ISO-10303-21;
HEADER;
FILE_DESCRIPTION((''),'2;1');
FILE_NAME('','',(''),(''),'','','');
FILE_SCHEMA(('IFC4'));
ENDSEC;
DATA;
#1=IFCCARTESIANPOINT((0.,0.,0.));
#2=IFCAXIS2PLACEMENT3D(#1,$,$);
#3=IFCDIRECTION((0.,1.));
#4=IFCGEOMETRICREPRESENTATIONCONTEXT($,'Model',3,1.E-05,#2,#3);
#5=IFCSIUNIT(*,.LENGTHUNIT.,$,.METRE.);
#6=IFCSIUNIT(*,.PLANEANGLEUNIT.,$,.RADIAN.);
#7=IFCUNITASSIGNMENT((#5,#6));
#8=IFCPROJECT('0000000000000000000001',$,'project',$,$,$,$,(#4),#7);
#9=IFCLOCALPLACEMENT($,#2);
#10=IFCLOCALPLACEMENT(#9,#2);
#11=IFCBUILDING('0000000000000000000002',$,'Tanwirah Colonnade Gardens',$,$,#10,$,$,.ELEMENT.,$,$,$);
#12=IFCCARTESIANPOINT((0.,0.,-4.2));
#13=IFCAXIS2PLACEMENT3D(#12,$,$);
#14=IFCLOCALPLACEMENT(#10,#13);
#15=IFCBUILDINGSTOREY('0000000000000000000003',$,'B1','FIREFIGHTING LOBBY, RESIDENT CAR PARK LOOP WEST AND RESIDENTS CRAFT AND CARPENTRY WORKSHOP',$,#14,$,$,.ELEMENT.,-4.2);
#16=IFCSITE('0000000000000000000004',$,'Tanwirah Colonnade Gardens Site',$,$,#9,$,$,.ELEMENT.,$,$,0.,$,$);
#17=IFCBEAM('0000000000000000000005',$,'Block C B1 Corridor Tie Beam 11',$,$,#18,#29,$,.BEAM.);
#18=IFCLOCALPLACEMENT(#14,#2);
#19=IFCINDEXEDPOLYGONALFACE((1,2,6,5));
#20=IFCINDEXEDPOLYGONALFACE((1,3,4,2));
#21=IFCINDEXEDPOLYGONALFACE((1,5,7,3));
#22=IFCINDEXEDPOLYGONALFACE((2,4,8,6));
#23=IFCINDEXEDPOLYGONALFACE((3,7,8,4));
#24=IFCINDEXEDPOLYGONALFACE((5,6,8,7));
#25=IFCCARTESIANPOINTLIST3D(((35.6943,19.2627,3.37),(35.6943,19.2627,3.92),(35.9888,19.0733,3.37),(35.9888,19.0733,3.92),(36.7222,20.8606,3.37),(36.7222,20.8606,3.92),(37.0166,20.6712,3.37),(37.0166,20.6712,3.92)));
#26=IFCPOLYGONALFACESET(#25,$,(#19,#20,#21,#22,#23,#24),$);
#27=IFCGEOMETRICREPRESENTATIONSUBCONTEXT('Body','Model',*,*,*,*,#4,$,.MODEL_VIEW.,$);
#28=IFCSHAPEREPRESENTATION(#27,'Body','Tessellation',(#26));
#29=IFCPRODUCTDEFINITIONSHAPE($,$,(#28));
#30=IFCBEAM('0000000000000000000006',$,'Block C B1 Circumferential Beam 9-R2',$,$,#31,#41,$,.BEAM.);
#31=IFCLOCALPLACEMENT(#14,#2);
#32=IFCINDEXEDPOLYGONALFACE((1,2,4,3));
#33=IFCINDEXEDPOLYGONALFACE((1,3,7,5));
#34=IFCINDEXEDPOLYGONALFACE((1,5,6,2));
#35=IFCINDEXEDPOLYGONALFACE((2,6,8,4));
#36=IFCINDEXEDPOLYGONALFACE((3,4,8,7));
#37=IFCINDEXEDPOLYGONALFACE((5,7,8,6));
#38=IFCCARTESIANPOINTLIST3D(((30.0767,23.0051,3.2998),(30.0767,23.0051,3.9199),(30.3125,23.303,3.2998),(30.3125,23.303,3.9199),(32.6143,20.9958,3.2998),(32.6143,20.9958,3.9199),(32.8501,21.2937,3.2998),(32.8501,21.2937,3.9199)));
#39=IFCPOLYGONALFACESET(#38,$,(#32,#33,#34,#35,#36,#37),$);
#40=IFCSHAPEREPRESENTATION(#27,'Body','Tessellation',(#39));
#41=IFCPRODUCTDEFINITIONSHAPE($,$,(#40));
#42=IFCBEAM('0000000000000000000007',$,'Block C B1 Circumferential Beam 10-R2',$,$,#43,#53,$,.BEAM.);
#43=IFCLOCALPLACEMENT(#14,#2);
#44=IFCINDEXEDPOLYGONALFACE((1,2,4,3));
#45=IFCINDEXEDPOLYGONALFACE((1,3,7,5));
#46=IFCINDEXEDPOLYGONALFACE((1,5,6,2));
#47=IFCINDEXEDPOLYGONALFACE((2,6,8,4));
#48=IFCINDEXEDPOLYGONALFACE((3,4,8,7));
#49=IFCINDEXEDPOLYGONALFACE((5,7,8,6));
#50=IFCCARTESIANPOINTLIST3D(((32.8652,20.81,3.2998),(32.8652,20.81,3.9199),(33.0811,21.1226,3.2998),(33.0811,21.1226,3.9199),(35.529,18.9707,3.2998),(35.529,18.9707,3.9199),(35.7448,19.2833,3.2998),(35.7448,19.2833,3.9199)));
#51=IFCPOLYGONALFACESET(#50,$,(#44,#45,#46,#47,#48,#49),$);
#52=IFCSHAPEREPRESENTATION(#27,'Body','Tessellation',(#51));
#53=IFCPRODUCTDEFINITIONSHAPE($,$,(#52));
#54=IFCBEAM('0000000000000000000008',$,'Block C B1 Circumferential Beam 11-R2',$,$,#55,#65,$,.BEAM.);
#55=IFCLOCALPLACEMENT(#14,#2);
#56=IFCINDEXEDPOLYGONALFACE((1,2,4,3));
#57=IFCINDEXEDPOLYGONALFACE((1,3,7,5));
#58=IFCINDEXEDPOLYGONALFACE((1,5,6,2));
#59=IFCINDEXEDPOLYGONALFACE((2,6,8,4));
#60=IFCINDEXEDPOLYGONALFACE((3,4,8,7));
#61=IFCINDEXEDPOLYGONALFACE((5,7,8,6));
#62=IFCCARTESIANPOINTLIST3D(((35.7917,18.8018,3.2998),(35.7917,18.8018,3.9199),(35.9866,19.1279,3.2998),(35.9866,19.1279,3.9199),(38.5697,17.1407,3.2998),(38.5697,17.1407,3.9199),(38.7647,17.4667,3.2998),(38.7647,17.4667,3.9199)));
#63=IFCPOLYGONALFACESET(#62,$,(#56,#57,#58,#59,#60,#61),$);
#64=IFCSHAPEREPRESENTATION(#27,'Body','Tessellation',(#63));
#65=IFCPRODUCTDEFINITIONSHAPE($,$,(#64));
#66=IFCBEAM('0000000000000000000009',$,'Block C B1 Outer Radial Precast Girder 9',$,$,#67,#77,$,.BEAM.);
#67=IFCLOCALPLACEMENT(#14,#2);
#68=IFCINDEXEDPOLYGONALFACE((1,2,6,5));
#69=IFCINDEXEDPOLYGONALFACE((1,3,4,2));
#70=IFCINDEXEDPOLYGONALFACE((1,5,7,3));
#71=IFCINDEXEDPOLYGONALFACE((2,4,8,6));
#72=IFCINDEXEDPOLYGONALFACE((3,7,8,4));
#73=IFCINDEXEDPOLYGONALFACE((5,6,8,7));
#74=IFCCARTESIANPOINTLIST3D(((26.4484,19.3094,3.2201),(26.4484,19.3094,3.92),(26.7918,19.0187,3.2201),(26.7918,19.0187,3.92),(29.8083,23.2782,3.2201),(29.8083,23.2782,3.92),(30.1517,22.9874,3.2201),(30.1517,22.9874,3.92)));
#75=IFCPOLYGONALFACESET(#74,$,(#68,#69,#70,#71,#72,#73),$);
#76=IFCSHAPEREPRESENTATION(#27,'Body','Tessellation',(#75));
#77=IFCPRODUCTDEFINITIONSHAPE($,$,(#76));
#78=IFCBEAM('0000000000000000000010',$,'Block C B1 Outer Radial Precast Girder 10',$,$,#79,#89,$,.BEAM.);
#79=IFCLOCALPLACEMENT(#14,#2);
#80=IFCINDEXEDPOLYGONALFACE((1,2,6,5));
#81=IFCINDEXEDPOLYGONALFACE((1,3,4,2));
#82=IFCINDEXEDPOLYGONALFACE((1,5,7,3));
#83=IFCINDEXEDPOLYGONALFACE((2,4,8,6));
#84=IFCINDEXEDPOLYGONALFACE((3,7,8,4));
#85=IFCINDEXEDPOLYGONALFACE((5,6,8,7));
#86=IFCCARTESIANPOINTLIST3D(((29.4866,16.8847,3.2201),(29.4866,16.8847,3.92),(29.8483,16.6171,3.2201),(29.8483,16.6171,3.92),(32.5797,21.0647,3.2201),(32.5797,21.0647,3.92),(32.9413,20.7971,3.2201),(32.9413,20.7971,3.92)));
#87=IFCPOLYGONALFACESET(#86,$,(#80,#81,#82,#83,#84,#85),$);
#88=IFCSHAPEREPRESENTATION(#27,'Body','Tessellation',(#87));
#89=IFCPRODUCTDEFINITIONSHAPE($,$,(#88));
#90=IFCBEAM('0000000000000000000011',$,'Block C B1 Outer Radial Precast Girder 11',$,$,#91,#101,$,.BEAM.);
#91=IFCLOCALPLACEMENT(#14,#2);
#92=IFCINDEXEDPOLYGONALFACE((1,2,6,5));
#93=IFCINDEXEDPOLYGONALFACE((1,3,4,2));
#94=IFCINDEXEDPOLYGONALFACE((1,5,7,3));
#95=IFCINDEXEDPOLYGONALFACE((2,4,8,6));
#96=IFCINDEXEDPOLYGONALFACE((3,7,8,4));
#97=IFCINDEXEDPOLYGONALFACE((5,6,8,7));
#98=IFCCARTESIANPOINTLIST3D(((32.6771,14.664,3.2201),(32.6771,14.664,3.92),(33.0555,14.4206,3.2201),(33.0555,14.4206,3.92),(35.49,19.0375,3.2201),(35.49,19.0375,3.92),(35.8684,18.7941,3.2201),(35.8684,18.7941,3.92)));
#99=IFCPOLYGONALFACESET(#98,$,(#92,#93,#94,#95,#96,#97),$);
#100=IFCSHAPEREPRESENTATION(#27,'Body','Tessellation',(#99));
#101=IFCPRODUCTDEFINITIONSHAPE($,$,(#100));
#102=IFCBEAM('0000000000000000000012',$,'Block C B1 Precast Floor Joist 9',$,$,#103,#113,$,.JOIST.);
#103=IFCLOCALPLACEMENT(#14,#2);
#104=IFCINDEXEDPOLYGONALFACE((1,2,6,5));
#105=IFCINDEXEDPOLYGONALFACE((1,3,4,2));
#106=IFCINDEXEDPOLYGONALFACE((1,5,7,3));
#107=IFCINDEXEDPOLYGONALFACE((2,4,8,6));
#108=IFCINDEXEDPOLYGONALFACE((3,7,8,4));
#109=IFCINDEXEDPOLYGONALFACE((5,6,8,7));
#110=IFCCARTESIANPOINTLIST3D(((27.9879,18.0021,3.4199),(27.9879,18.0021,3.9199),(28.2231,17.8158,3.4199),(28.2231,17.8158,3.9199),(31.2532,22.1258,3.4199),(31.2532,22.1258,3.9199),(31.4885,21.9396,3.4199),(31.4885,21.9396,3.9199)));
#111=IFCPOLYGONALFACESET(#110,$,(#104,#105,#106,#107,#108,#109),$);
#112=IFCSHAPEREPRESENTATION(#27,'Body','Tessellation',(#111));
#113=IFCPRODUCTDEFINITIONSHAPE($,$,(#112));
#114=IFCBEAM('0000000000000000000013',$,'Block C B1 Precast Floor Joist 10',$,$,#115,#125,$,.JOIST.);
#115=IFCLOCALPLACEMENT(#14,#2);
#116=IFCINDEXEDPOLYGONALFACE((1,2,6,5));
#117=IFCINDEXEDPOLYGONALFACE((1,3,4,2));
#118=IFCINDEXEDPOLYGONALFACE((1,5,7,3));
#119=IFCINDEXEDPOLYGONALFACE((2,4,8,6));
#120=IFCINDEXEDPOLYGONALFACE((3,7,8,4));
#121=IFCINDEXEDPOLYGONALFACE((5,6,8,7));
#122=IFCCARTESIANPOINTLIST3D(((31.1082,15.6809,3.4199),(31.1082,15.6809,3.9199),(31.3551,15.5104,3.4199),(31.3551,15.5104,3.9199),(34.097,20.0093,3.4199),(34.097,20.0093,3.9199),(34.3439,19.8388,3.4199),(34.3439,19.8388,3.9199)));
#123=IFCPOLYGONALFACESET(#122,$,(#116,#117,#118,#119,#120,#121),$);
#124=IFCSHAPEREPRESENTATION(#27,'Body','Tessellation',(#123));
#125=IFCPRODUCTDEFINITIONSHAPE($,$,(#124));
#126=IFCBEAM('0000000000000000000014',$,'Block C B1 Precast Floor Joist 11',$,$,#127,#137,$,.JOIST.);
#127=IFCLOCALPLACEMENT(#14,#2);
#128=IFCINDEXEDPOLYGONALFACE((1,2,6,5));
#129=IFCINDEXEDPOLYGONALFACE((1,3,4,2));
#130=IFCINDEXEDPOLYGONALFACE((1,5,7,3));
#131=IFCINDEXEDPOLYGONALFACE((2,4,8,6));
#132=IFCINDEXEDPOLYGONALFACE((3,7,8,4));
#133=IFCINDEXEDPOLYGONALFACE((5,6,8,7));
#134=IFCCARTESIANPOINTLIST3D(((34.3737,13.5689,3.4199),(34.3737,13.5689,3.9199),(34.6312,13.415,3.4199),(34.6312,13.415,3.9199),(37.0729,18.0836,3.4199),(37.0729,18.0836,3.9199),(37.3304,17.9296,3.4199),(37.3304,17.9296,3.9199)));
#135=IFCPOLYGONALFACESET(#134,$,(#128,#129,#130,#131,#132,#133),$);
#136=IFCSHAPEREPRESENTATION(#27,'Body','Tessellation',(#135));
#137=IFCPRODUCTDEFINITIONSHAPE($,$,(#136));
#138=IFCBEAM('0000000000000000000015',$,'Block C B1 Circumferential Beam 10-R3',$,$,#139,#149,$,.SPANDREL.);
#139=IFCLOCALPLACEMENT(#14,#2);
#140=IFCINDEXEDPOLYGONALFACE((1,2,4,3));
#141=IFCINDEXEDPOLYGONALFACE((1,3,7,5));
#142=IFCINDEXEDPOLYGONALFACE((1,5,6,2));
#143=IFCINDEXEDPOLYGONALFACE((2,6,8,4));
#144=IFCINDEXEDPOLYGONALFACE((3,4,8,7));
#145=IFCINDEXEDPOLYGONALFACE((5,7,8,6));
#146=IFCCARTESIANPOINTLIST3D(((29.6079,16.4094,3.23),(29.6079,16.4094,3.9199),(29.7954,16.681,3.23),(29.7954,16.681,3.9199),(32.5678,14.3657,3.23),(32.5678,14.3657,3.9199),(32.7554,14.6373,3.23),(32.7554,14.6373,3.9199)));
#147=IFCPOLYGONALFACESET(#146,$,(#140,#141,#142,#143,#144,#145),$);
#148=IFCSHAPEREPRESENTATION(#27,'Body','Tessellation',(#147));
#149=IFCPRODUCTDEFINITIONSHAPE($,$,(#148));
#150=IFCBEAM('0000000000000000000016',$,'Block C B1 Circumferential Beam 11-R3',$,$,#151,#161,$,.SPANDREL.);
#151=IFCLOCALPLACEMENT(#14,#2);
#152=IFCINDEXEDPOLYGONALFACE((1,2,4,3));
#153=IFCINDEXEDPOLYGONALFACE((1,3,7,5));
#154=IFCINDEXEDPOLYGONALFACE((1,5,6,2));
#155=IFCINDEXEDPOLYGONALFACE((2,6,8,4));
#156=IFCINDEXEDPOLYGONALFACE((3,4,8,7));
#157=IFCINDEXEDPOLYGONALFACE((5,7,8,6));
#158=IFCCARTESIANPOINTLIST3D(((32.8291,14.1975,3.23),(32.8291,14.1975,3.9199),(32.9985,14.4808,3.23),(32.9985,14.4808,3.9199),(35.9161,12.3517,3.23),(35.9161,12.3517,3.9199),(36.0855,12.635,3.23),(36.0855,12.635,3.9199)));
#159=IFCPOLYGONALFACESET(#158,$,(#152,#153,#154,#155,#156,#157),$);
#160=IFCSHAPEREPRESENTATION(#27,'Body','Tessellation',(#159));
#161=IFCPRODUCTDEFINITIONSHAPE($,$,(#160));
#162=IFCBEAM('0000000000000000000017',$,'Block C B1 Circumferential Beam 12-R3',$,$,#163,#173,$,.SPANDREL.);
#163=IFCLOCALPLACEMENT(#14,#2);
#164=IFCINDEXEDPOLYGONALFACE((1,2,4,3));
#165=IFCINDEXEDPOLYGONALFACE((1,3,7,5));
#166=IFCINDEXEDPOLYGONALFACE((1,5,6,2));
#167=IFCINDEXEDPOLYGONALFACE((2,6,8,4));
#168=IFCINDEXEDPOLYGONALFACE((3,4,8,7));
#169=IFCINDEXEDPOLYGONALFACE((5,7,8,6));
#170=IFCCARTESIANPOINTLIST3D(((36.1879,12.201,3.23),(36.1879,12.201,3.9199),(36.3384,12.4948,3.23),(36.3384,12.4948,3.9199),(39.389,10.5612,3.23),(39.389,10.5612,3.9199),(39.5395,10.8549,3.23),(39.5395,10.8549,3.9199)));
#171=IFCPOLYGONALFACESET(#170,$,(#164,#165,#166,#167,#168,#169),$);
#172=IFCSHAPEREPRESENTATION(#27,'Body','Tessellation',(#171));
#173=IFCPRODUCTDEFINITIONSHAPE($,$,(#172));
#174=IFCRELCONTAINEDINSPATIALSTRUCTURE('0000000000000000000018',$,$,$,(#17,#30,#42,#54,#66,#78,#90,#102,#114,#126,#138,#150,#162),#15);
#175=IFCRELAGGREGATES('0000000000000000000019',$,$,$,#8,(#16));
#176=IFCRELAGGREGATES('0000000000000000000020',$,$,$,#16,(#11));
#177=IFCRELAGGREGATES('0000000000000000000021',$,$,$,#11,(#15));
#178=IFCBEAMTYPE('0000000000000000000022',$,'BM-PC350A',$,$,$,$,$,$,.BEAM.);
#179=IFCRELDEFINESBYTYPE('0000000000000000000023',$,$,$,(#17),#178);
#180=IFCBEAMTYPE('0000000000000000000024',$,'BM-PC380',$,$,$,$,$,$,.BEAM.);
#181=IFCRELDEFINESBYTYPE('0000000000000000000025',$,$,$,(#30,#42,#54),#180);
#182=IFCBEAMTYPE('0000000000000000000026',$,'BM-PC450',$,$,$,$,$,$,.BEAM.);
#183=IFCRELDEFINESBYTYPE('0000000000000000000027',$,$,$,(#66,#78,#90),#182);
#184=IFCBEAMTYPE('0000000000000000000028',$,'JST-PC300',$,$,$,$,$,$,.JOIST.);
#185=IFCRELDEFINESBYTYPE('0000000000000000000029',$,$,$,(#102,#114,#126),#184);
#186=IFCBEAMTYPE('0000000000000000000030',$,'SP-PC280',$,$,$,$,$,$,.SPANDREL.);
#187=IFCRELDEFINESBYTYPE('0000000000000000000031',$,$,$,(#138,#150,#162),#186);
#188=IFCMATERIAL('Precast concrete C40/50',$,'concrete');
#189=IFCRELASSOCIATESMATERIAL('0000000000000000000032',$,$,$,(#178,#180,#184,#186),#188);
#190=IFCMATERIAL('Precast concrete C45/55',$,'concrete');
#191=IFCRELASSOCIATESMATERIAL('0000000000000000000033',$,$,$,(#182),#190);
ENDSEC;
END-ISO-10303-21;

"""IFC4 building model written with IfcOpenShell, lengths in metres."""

from ifc_helpers import new_model, si_unit, direction, frame, origin, origin_2d, place, context, subcontext, project, spatial, rectangle, extrude, material, material_profile, profile_set, type_object, element, save


model = new_model("IFC4")

# Units and contexts
model_context = context("Model", 3, precision=1e-05, world=origin(), true_north=direction((0.0, 1.0)))
body_context = subcontext(model_context, "Body", "Model", "MODEL_VIEW")
ifc_project = project(units=[si_unit("LENGTHUNIT", "METRE"), si_unit("PLANEANGLEUNIT", "RADIAN")], contexts=[model_context])

# Site, building, storey
site_placement = place(None, origin())
site = spatial("IfcSite", under=ifc_project, at=site_placement, Name="Tanwirah Colonnade Gardens Site", CompositionType="ELEMENT", RefElevation=0.0)
building_placement = place(site_placement, origin())
building = spatial("IfcBuilding", under=site, at=building_placement, Name="Tanwirah Colonnade Gardens", CompositionType="ELEMENT")
storey_placement = place(building_placement, frame((0.0, 0.0, -4.2)))
storey = spatial("IfcBuildingStorey", under=building, at=storey_placement, Name="B1", Description="FIREFIGHTING LOBBY, RESIDENT CAR PARK LOOP WEST AND RESIDENTS CRAFT AND CARPENTRY WORKSHOP", CompositionType="ELEMENT", Elevation=-4.2)

# Beams
ifc_material_1 = material(Name="Precast concrete C40/50", Category="concrete")
ifc_material_profile_1 = material_profile(ifc_material_1, rectangle(XDim=0.3501, YDim=0.55, at=origin_2d()), Name="PC-BM 350x550")
ifc_profile_set_1 = profile_set([ifc_material_profile_1], Name="Precast concrete C40/50")
beam_type_1 = type_object("IfcBeamType", Name="BM-PC350A", PredefinedType="BEAM", material=ifc_profile_set_1)
beam_1_placement = place(storey_placement, frame((36.8694, 20.7659, 3.645), z_axis=(-0.540985, -0.841032, 0.0), x_axis=(0.841032, -0.540985, 0.0)))
element("IfcBeam", 1, at=beam_1_placement, inside=storey, type_object=beam_type_1, Name="Block C B1 Corridor Tie Beam 11", PredefinedType="BEAM", context=body_context, shape_type="SweptSolid", body=[
    extrude(rectangle(XDim=0.3501, YDim=0.55, at=origin_2d()), origin(), (0.0, 0.0, 1.0), 1.8999),
])
ifc_material_profile_2 = material_profile(ifc_material_1, rectangle(XDim=0.3799, YDim=0.6201, at=origin_2d()), Name="PC-BM 380x620")
ifc_profile_set_2 = profile_set([ifc_material_profile_2], Name="Precast concrete C40/50")
beam_type_2 = type_object("IfcBeamType", Name="BM-PC380", PredefinedType="BEAM", material=ifc_profile_set_2)
beam_2_placement = place(storey_placement, frame((30.1946, 23.1541, 3.6099), z_axis=(0.783994, -0.620769, 0.0), x_axis=(0.620769, 0.783994, 0.0)))
element("IfcBeam", 2, at=beam_2_placement, inside=storey, type_object=beam_type_2, Name="Block C B1 Circumferential Beam 9-R2", PredefinedType="BEAM", context=body_context, shape_type="SweptSolid", body=[
    extrude(rectangle(XDim=0.3799, YDim=0.6201, at=origin_2d()), origin(), (0.0, 0.0, 1.0), 3.2368),
])
beam_3_placement = place(storey_placement, frame((32.9731, 20.9663, 3.6099), z_axis=(0.822889, -0.568202, 0.0), x_axis=(0.568202, 0.822889, 0.0)))
element("IfcBeam", 3, at=beam_3_placement, inside=storey, type_object=beam_type_2, Name="Block C B1 Circumferential Beam 10-R2", PredefinedType="BEAM", context=body_context, shape_type="SweptSolid", body=[
    extrude(rectangle(XDim=0.3799, YDim=0.6201, at=origin_2d()), origin(), (0.0, 0.0, 1.0), 3.2371),
])
beam_4_placement = place(storey_placement, frame((35.8892, 18.9648, 3.6099), z_axis=(0.858271, -0.513197, 0.0), x_axis=(0.513197, 0.858271, 0.0)))
element("IfcBeam", 4, at=beam_4_placement, inside=storey, type_object=beam_type_2, Name="Block C B1 Circumferential Beam 11-R2", PredefinedType="BEAM", context=body_context, shape_type="SweptSolid", body=[
    extrude(rectangle(XDim=0.3799, YDim=0.6201, at=origin_2d()), origin(), (0.0, 0.0, 1.0), 3.2368),
])
ifc_material_2 = material(Name="Precast concrete C45/55", Category="concrete")
ifc_material_profile_3 = material_profile(ifc_material_2, rectangle(XDim=0.45, YDim=0.7, at=origin_2d()), Name="PC-BM 450x700")
ifc_profile_set_3 = profile_set([ifc_material_profile_3], Name="Precast concrete C45/55")
beam_type_3 = type_object("IfcBeamType", Name="BM-PC450", PredefinedType="BEAM", material=ifc_profile_set_3)
for number, where, z_axis, x_axis, name in (
    (5, (29.98, 23.1328, 3.5701), (-0.646132, -0.763226, 0.0), (0.763226, -0.646132, 0.0), "Block C B1 Outer Radial Precast Girder 9"),
    (6, (32.7605, 20.9309, 3.5701), (-0.594827, -0.803854, 0.0), (0.803854, -0.594827, 0.0), "Block C B1 Outer Radial Precast Girder 10"),
    (7, (35.6792, 18.9158, 3.5701), (-0.540952, -0.841053, 0.0), (0.841053, -0.540952, 0.0), "Block C B1 Outer Radial Precast Girder 11"),
):
    element("IfcBeam", number, at=place(storey_placement, frame(where, z_axis=z_axis, x_axis=x_axis)), inside=storey, type_object=beam_type_3, Name=name, PredefinedType="BEAM", context=body_context, shape_type="SweptSolid", body=[
        extrude(rectangle(XDim=0.45, YDim=0.7, at=origin_2d()), origin(), (0.0, 0.0, 1.0), 5.2),
    ])
ifc_material_profile_4 = material_profile(ifc_material_1, rectangle(XDim=0.3, YDim=0.5, at=origin_2d()), Name="PC-JST 300x500")
ifc_profile_set_4 = profile_set([ifc_material_profile_4], Name="Precast concrete C40/50")
beam_type_4 = type_object("IfcBeamType", Name="JST-PC300", PredefinedType="JOIST", material=ifc_profile_set_4)
for number, where, z_axis, x_axis, name in (
    (8, (31.3708, 22.0327, 3.6699), (-0.620787, -0.783979, 0.0), (0.783979, -0.620787, 0.0), "Block C B1 Precast Floor Joist 9"),
    (9, (34.2205, 19.9241, 3.6699), (-0.568208, -0.822885, 0.0), (0.822885, -0.568208, 0.0), "Block C B1 Precast Floor Joist 10"),
    (10, (37.2017, 18.0066, 3.6699), (-0.513157, -0.858295, 0.0), (0.858295, -0.513157, 0.0), "Block C B1 Precast Floor Joist 11"),
):
    element("IfcBeam", number, at=place(storey_placement, frame(where, z_axis=z_axis, x_axis=x_axis)), inside=storey, type_object=beam_type_4, Name=name, PredefinedType="JOIST", context=body_context, shape_type="SweptSolid", body=[
        extrude(rectangle(XDim=0.3, YDim=0.5, at=origin_2d()), origin(), (0.0, 0.0, 1.0), 5.26),
    ])
ifc_material_profile_5 = material_profile(ifc_material_1, rectangle(XDim=0.3301, YDim=0.6899, at=origin_2d()), Name="PC-SP 330x690")
ifc_profile_set_5 = profile_set([ifc_material_profile_5], Name="Precast concrete C40/50")
beam_type_5 = type_object("IfcBeamType", Name="SP-PC280", PredefinedType="SPANDREL", material=ifc_profile_set_5)
beam_5_placement = place(storey_placement, frame((29.7017, 16.5452, 3.575), z_axis=(0.822907, -0.568175, 0.0), x_axis=(0.568175, 0.822907, 0.0)))
element("IfcBeam", 11, at=beam_5_placement, inside=storey, type_object=beam_type_5, Name="Block C B1 Circumferential Beam 10-R3", PredefinedType="SPANDREL", context=body_context, shape_type="SweptSolid", body=[
    extrude(rectangle(XDim=0.3301, YDim=0.6899, at=origin_2d()), origin(), (0.0, 0.0, 1.0), 3.5969),
])
for number, where, z_axis, x_axis, name in (
    (12, (32.9138, 14.3391, 3.575), (0.858283, -0.513177, 0.0), (0.513177, 0.858283, 0.0), "Block C B1 Circumferential Beam 11-R3"),
    (13, (36.2632, 12.3479, 3.575), (0.890013, -0.455935, 0.0), (0.455935, 0.890013, 0.0), "Block C B1 Circumferential Beam 12-R3"),
):
    element("IfcBeam", number, at=place(storey_placement, frame(where, z_axis=z_axis, x_axis=x_axis)), inside=storey, type_object=beam_type_5, Name=name, PredefinedType="SPANDREL", context=body_context, shape_type="SweptSolid", body=[
        extrude(rectangle(XDim=0.3301, YDim=0.6899, at=origin_2d()), origin(), (0.0, 0.0, 1.0), 3.5967),
    ])

save(model, "model.ifc")
